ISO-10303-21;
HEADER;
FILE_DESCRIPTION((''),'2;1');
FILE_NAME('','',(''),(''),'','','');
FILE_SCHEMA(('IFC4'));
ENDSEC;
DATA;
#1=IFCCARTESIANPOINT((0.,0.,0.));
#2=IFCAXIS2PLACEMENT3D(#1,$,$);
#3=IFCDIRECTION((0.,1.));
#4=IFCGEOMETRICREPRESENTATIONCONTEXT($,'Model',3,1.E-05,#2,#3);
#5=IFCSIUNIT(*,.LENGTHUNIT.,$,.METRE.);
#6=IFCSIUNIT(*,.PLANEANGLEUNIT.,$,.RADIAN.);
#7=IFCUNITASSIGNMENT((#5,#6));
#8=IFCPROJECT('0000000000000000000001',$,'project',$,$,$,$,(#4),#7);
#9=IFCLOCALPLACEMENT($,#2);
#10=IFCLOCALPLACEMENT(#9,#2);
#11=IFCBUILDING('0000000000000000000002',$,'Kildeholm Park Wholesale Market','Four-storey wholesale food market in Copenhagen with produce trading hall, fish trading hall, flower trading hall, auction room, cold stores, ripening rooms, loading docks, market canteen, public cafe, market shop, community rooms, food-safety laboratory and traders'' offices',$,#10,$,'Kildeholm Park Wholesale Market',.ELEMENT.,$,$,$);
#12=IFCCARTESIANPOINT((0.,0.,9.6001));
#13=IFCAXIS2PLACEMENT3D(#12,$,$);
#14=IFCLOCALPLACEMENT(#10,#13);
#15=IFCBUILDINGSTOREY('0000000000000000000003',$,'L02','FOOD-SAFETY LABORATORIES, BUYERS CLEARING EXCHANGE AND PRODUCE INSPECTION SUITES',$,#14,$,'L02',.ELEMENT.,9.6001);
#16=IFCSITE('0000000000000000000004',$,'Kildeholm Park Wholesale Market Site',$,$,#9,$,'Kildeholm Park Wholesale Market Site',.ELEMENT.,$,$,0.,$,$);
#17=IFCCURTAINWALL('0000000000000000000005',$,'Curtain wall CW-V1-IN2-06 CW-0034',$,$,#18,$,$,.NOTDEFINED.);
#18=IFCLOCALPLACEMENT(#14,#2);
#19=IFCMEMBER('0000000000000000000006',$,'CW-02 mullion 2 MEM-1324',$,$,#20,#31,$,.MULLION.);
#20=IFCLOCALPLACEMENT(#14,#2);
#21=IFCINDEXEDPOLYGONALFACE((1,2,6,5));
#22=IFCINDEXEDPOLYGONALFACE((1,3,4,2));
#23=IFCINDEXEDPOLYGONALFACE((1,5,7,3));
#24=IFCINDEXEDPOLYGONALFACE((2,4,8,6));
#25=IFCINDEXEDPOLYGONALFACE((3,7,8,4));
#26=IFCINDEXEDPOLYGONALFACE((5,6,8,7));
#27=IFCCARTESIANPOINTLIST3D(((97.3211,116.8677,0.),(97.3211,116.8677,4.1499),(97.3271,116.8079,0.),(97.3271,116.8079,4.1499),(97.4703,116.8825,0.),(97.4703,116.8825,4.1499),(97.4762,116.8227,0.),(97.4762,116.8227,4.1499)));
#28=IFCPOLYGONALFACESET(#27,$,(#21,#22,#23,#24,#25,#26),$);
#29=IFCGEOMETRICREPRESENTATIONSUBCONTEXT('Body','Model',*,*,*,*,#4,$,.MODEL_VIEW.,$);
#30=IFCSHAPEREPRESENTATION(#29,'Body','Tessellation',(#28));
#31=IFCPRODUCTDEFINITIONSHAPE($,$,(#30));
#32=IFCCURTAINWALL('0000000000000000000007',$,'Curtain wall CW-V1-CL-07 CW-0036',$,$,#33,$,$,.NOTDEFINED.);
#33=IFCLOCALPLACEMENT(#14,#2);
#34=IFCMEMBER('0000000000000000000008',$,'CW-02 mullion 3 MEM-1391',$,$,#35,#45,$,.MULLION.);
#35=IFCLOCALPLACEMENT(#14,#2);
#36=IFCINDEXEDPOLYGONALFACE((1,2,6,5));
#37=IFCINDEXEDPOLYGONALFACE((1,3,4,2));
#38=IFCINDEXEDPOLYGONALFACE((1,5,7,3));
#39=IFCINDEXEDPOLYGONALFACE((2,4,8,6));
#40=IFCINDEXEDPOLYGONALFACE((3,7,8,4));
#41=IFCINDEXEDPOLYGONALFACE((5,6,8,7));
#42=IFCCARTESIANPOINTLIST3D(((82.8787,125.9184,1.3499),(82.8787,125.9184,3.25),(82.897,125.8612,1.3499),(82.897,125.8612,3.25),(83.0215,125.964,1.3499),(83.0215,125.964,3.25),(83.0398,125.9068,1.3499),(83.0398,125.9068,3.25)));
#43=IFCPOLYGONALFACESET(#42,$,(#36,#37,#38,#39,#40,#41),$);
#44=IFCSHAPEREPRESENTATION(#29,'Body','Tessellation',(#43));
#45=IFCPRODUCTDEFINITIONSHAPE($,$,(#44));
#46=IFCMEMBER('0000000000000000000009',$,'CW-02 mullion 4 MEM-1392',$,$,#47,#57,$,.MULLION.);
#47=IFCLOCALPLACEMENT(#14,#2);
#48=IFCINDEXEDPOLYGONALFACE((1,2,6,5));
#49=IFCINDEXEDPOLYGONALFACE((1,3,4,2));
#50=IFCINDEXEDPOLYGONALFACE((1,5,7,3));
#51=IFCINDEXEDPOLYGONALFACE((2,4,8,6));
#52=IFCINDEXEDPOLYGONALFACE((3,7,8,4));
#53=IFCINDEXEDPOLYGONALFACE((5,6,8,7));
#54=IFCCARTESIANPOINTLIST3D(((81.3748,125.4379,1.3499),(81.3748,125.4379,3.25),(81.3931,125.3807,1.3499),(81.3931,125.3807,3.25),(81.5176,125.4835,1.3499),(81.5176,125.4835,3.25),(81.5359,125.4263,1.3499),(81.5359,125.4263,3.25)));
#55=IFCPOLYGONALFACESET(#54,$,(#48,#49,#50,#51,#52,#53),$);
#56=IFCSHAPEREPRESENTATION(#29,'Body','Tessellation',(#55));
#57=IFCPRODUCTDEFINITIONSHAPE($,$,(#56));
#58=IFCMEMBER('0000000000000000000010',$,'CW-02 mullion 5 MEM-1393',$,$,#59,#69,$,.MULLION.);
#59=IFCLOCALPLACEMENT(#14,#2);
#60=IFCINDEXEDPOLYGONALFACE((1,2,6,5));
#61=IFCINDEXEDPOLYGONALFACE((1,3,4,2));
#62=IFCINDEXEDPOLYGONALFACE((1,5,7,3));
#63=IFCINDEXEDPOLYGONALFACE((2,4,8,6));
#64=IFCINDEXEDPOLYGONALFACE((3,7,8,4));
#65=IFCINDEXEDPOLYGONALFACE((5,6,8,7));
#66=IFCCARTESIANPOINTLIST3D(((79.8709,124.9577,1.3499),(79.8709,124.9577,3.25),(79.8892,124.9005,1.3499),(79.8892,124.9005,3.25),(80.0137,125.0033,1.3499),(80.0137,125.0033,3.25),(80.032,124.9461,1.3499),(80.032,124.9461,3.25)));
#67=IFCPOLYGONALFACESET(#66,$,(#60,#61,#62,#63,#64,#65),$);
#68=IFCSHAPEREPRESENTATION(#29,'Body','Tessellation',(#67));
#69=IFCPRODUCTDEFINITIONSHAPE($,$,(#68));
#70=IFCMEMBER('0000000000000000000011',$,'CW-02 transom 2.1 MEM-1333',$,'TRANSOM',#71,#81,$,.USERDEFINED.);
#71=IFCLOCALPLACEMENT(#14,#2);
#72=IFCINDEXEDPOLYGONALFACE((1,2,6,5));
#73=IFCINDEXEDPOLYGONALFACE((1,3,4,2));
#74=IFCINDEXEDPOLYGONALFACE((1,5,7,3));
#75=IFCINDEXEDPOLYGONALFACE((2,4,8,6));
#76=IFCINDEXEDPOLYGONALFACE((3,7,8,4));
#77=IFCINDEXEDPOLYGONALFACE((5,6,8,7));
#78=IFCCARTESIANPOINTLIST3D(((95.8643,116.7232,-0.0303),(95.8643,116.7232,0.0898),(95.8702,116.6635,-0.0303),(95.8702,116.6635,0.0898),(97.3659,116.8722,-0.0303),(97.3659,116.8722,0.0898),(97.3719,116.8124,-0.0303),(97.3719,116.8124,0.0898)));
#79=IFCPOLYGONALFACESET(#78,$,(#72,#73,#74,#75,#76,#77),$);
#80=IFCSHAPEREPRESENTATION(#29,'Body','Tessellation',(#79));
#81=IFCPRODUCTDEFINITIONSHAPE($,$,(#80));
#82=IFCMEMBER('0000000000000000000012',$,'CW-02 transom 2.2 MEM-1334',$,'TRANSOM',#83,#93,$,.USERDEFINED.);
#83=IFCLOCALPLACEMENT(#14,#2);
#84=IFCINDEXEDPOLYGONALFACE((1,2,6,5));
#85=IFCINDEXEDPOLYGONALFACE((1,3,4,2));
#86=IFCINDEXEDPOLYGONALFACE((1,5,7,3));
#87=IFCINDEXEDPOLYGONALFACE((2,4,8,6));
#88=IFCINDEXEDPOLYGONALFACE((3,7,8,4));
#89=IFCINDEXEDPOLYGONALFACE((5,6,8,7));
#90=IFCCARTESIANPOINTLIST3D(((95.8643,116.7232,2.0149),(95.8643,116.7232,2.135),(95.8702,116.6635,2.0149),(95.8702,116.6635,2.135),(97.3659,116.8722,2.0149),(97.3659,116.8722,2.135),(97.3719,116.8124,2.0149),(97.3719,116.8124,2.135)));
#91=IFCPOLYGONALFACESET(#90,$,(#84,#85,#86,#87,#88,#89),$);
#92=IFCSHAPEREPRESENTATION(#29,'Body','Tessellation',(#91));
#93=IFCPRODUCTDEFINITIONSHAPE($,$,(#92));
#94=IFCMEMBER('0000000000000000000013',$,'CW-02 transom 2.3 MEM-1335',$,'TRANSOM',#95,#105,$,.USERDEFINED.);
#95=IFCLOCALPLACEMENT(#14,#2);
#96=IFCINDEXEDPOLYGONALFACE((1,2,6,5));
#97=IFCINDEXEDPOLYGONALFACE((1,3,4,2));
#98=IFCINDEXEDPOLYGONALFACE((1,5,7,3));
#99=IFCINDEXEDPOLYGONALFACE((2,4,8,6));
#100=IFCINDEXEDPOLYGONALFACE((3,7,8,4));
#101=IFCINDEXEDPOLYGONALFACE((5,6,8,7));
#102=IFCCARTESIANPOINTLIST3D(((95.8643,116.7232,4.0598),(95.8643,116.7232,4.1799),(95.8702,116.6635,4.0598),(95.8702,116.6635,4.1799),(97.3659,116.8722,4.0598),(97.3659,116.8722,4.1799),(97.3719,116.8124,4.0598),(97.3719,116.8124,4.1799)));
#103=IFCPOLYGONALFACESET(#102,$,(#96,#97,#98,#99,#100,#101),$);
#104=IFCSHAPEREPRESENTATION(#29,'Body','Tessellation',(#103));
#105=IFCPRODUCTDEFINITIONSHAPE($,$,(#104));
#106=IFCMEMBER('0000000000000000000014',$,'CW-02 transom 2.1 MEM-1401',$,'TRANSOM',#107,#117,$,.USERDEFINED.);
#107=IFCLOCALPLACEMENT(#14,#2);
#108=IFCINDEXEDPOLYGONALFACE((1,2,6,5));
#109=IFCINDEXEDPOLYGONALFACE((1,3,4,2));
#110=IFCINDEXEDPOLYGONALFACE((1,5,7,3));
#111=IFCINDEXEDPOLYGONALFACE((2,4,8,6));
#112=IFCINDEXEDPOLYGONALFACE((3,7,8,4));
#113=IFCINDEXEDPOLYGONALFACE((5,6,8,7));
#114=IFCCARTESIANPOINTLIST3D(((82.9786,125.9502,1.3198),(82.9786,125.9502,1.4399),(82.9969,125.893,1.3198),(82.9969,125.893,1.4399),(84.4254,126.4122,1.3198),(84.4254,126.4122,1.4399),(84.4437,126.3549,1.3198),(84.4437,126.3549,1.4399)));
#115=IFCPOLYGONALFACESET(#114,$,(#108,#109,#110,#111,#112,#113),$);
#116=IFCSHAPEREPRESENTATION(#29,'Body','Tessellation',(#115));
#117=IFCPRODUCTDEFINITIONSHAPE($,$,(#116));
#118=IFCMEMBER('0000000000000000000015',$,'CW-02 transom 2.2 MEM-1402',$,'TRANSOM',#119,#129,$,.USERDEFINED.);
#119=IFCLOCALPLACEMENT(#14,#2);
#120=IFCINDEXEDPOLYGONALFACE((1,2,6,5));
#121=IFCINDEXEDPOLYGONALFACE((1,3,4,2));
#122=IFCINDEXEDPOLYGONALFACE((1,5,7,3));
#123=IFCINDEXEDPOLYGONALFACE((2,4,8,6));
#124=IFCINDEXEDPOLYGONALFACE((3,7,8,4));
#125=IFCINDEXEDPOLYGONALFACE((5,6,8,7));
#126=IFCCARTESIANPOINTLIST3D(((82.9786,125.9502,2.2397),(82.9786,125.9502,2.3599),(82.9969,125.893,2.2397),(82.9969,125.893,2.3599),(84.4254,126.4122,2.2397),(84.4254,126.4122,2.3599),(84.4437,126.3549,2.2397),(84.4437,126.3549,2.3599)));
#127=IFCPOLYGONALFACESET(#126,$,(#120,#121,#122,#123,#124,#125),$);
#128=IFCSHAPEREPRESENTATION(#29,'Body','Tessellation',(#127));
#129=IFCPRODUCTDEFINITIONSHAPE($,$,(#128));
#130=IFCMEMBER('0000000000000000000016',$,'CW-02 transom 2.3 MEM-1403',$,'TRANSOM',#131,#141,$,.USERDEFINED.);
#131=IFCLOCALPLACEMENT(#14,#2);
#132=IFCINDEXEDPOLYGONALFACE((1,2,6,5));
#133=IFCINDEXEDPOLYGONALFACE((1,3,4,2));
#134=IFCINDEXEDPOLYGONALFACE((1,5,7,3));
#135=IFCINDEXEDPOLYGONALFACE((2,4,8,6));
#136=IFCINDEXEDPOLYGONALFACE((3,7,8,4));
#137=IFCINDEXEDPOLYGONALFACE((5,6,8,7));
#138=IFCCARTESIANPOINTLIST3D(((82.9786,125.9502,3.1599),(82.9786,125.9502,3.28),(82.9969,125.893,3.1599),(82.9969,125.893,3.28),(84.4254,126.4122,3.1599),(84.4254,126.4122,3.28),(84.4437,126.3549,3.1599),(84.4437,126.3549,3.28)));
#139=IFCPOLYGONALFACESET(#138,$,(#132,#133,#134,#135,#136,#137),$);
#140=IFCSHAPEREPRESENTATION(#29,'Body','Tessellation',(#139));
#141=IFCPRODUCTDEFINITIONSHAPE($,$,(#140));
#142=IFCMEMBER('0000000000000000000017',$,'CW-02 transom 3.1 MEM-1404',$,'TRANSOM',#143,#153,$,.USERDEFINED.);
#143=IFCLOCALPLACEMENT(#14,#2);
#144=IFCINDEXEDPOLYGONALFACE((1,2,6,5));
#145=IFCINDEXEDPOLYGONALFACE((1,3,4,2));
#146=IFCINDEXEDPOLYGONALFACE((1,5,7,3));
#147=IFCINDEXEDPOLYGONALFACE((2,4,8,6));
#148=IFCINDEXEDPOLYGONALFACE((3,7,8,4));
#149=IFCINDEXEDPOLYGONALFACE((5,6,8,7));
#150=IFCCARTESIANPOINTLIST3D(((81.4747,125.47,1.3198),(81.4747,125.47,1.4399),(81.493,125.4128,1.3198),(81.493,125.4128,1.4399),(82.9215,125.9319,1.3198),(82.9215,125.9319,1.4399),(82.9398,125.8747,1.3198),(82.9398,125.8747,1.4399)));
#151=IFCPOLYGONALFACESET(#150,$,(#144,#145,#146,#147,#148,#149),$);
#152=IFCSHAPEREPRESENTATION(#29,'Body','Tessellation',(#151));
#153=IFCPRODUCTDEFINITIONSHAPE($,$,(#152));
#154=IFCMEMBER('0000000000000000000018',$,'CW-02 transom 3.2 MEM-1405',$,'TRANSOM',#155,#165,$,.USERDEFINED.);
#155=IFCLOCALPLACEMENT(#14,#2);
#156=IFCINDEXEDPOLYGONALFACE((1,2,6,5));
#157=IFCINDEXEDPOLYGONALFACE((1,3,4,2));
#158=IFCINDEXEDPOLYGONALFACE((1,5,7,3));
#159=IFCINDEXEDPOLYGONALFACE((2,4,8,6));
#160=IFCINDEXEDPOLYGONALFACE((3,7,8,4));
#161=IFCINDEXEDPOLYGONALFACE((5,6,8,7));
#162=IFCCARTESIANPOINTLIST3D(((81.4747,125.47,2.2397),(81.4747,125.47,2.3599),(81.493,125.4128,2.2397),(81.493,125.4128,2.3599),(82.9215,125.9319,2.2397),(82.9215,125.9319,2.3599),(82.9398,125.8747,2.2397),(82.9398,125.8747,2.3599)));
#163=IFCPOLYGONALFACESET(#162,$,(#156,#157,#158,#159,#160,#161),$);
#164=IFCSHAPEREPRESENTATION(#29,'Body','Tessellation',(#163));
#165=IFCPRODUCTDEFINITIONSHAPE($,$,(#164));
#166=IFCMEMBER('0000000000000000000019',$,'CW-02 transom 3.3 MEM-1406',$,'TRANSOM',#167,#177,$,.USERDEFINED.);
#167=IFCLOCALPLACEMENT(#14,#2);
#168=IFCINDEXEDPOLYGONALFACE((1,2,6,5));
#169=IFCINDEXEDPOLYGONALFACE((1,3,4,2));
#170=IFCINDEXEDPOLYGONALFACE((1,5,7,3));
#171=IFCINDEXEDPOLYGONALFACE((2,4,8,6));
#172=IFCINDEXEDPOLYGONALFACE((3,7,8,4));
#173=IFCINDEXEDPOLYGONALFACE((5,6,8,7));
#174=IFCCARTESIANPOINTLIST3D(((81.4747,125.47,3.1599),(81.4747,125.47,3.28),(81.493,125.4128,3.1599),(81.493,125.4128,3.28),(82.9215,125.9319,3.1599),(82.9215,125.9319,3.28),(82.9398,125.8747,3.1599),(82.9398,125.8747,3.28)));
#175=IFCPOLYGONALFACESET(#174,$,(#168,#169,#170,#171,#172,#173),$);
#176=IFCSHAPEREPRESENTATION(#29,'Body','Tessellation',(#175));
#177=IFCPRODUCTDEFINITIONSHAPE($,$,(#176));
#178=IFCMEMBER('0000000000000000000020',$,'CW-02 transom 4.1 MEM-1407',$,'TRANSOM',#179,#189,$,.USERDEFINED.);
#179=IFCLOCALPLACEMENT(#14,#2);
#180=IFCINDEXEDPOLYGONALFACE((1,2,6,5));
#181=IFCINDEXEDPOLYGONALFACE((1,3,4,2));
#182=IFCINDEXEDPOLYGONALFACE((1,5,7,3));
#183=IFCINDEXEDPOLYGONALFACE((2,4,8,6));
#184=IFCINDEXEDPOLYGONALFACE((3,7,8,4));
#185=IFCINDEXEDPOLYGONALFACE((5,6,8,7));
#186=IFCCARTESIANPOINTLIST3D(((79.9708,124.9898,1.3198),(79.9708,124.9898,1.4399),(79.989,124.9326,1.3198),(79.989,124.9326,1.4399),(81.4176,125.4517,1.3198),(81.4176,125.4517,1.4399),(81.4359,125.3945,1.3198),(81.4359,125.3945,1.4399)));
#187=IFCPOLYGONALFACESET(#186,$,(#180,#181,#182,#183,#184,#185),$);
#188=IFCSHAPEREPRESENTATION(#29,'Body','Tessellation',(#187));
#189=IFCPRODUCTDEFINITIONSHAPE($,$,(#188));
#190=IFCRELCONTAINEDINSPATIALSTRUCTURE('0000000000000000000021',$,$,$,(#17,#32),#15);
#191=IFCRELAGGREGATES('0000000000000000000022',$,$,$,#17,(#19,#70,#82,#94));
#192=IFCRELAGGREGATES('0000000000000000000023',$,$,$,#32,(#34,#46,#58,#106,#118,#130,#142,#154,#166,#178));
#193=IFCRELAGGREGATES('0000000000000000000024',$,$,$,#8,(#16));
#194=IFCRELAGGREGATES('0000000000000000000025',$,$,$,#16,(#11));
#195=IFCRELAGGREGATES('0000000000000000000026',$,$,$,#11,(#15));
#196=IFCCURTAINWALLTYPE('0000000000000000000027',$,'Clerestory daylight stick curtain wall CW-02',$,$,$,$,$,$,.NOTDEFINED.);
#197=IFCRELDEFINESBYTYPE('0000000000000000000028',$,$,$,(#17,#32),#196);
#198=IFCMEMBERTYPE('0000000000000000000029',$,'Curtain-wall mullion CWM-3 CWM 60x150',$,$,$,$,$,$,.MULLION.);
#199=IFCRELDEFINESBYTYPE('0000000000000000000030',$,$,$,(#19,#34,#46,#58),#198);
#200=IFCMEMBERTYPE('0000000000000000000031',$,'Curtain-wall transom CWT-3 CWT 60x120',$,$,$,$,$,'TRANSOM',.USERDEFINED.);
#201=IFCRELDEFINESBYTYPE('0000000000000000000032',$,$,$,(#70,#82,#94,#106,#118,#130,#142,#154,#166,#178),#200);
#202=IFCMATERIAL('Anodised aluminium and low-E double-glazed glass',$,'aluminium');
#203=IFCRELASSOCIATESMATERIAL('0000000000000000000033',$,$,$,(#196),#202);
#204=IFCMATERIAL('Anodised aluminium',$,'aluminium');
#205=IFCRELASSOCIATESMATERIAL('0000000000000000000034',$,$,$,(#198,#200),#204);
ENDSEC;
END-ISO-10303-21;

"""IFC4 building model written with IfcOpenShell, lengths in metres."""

from ifc_helpers import new_model, si_unit, direction, frame, origin, origin_2d, place, context, subcontext, project, spatial, rectangle, extrude, material, material_profile, profile_set, type_object, element, aggregate, save


model = new_model("IFC4")

# Units and contexts
model_context = context("Model", 3, precision=1e-05, world=origin(), true_north=direction((0.0, 1.0)))
body_context = subcontext(model_context, "Body", "Model", "MODEL_VIEW")
ifc_project = project(units=[si_unit("LENGTHUNIT", "METRE"), si_unit("PLANEANGLEUNIT", "RADIAN")], contexts=[model_context])

# Site, building, storey
site_placement = place(None, origin())
site = spatial("IfcSite", under=ifc_project, at=site_placement, Name="Kildeholm Park Wholesale Market Site", LongName="Kildeholm Park Wholesale Market Site", CompositionType="ELEMENT", RefElevation=0.0)
building_placement = place(site_placement, origin())
building = spatial("IfcBuilding", under=site, at=building_placement, Name="Kildeholm Park Wholesale Market", Description="Four-storey wholesale food market in Copenhagen with produce trading hall, fish trading hall, flower trading hall, auction room, cold stores, ripening rooms, loading docks, market canteen, public cafe, market shop, community rooms, food-safety laboratory and traders' offices", LongName="Kildeholm Park Wholesale Market", CompositionType="ELEMENT")
storey_placement = place(building_placement, frame((0.0, 0.0, 9.6001)))
storey = spatial("IfcBuildingStorey", under=building, at=storey_placement, Name="L02", Description="FOOD-SAFETY LABORATORIES, BUYERS CLEARING EXCHANGE AND PRODUCE INSPECTION SUITES", LongName="L02", CompositionType="ELEMENT", Elevation=9.6001)

# Curtain wall, member
ifc_material_1 = material(Name="Anodised aluminium and low-E double-glazed glass", Category="aluminium")
curtain_wall_type = type_object("IfcCurtainWallType", Name="Clerestory daylight stick curtain wall CW-02", PredefinedType="NOTDEFINED", material=ifc_material_1)
curtain_wall_1_placement = place(storey_placement, origin())
curtain_wall_1 = element("IfcCurtainWall", 1, at=curtain_wall_1_placement, inside=storey, type_object=curtain_wall_type, Name="Curtain wall CW-V1-IN2-06 CW-0034", PredefinedType="NOTDEFINED")
ifc_material_2 = material(Name="Anodised aluminium", Category="aluminium")
ifc_material_profile_1 = material_profile(ifc_material_2, rectangle(XDim=0.0601, YDim=0.1499, at=origin_2d()), Name="CWM 60x150")
ifc_profile_set_1 = profile_set([ifc_material_profile_1], Name="Anodised aluminium")
member_type_1 = type_object("IfcMemberType", Name="Curtain-wall mullion CWM-3 CWM 60x150", PredefinedType="MULLION", material=ifc_profile_set_1)
member_1_placement = place(storey_placement, frame((97.3987, 116.8452, 0.0), z_axis=(0.0, 0.0, 1.0), x_axis=(0.098683, -0.995119, 0.0)))
member_1 = element("IfcMember", 2, at=member_1_placement, type_object=member_type_1, Name="CW-02 mullion 2 MEM-1324", PredefinedType="MULLION", context=body_context, shape_type="SweptSolid", body=[
    extrude(rectangle(XDim=0.0601, YDim=0.1499, at=origin_2d()), origin(), (0.0, 0.0, 1.0), 4.1499),
])

# Curtain wall, members
curtain_wall_2_placement = place(storey_placement, origin())
curtain_wall_2 = element("IfcCurtainWall", 3, at=curtain_wall_2_placement, inside=storey, type_object=curtain_wall_type, Name="Curtain wall CW-V1-CL-07 CW-0036", PredefinedType="NOTDEFINED")
member_2_placement = place(storey_placement, frame((82.9592, 125.9126, 1.3499), z_axis=(0.0, 0.0, 1.0), x_axis=(0.304207, -0.952606, 0.0)))
member_2 = element("IfcMember", 4, at=member_2_placement, type_object=member_type_1, Name="CW-02 mullion 3 MEM-1391", PredefinedType="MULLION", context=body_context, shape_type="SweptSolid", body=[
    extrude(rectangle(XDim=0.0601, YDim=0.1499, at=origin_2d()), origin(), (0.0, 0.0, 1.0), 1.9001),
])
member_3_placement = place(storey_placement, frame((81.4553, 125.4321, 1.3499), z_axis=(0.0, 0.0, 1.0), x_axis=(0.304207, -0.952606, 0.0)))
member_3 = element("IfcMember", 5, at=member_3_placement, type_object=member_type_1, Name="CW-02 mullion 4 MEM-1392", PredefinedType="MULLION", context=body_context, shape_type="SweptSolid", body=[
    extrude(rectangle(XDim=0.0601, YDim=0.1499, at=origin_2d()), origin(), (0.0, 0.0, 1.0), 1.9001),
])
member_4_placement = place(storey_placement, frame((79.9514, 124.9519, 1.3499), z_axis=(0.0, 0.0, 1.0), x_axis=(0.304207, -0.952606, 0.0)))
member_4 = element("IfcMember", 6, at=member_4_placement, type_object=member_type_1, Name="CW-02 mullion 5 MEM-1393", PredefinedType="MULLION", context=body_context, shape_type="SweptSolid", body=[
    extrude(rectangle(XDim=0.0601, YDim=0.1499, at=origin_2d()), origin(), (0.0, 0.0, 1.0), 1.9001),
])

# Members
ifc_material_profile_2 = material_profile(ifc_material_2, rectangle(XDim=0.0601, YDim=0.1201, at=origin_2d()), Name="CWT 60x120")
ifc_profile_set_2 = profile_set([ifc_material_profile_2], Name="Anodised aluminium")
member_type_2 = type_object("IfcMemberType", Name="Curtain-wall transom CWT-3 CWT 60x120", ElementType="TRANSOM", PredefinedType="USERDEFINED", material=ifc_profile_set_2)
member_5_placement = place(storey_placement, frame((97.3689, 116.8423, 0.0298), z_axis=(-0.995119, -0.098687, 0.0), x_axis=(0.098687, -0.995119, 0.0)))
member_5 = element("IfcMember", 7, at=member_5_placement, type_object=member_type_2, Name="CW-02 transom 2.1 MEM-1333", ObjectType="TRANSOM", PredefinedType="USERDEFINED", context=body_context, shape_type="SweptSolid", body=[
    extrude(rectangle(XDim=0.0601, YDim=0.1201, at=origin_2d()), origin(), (0.0, 0.0, 1.0), 1.509),
])
member_6_placement = place(storey_placement, frame((97.3689, 116.8423, 2.075), z_axis=(-0.995119, -0.098687, 0.0), x_axis=(0.098687, -0.995119, 0.0)))
member_6 = element("IfcMember", 8, at=member_6_placement, type_object=member_type_2, Name="CW-02 transom 2.2 MEM-1334", ObjectType="TRANSOM", PredefinedType="USERDEFINED", context=body_context, shape_type="SweptSolid", body=[
    extrude(rectangle(XDim=0.0601, YDim=0.1201, at=origin_2d()), origin(), (0.0, 0.0, 1.0), 1.509),
])
member_7_placement = place(storey_placement, frame((97.3689, 116.8423, 4.1199), z_axis=(-0.995119, -0.098687, 0.0), x_axis=(0.098687, -0.995119, 0.0)))
member_7 = element("IfcMember", 9, at=member_7_placement, type_object=member_type_2, Name="CW-02 transom 2.3 MEM-1335", ObjectType="TRANSOM", PredefinedType="USERDEFINED", context=body_context, shape_type="SweptSolid", body=[
    extrude(rectangle(XDim=0.0601, YDim=0.1201, at=origin_2d()), origin(), (0.0, 0.0, 1.0), 1.509),
])
member_8_placement = place(storey_placement, frame((84.4346, 126.3835, 1.3799), z_axis=(-0.952626, -0.304146, 0.0), x_axis=(0.304146, -0.952626, 0.0)))
member_8 = element("IfcMember", 10, at=member_8_placement, type_object=member_type_2, Name="CW-02 transom 2.1 MEM-1401", ObjectType="TRANSOM", PredefinedType="USERDEFINED", context=body_context, shape_type="SweptSolid", body=[
    extrude(rectangle(XDim=0.0601, YDim=0.1201, at=origin_2d()), origin(), (0.0, 0.0, 1.0), 1.5188),
])
member_9_placement = place(storey_placement, frame((84.4346, 126.3835, 2.2998), z_axis=(-0.952626, -0.304146, 0.0), x_axis=(0.304146, -0.952626, 0.0)))
member_9 = element("IfcMember", 11, at=member_9_placement, type_object=member_type_2, Name="CW-02 transom 2.2 MEM-1402", ObjectType="TRANSOM", PredefinedType="USERDEFINED", context=body_context, shape_type="SweptSolid", body=[
    extrude(rectangle(XDim=0.0601, YDim=0.1201, at=origin_2d()), origin(), (0.0, 0.0, 1.0), 1.5188),
])
member_10_placement = place(storey_placement, frame((84.4346, 126.3835, 3.22), z_axis=(-0.952626, -0.304146, 0.0), x_axis=(0.304146, -0.952626, 0.0)))
member_10 = element("IfcMember", 12, at=member_10_placement, type_object=member_type_2, Name="CW-02 transom 2.3 MEM-1403", ObjectType="TRANSOM", PredefinedType="USERDEFINED", context=body_context, shape_type="SweptSolid", body=[
    extrude(rectangle(XDim=0.0601, YDim=0.1201, at=origin_2d()), origin(), (0.0, 0.0, 1.0), 1.5188),
])
member_11_placement = place(storey_placement, frame((82.9307, 125.9033, 1.3799), z_axis=(-0.952626, -0.304146, 0.0), x_axis=(0.304146, -0.952626, 0.0)))
member_11 = element("IfcMember", 13, at=member_11_placement, type_object=member_type_2, Name="CW-02 transom 3.1 MEM-1404", ObjectType="TRANSOM", PredefinedType="USERDEFINED", context=body_context, shape_type="SweptSolid", body=[
    extrude(rectangle(XDim=0.0601, YDim=0.1201, at=origin_2d()), origin(), (0.0, 0.0, 1.0), 1.5188),
])
member_12_placement = place(storey_placement, frame((82.9307, 125.9033, 2.2998), z_axis=(-0.952626, -0.304146, 0.0), x_axis=(0.304146, -0.952626, 0.0)))
member_12 = element("IfcMember", 14, at=member_12_placement, type_object=member_type_2, Name="CW-02 transom 3.2 MEM-1405", ObjectType="TRANSOM", PredefinedType="USERDEFINED", context=body_context, shape_type="SweptSolid", body=[
    extrude(rectangle(XDim=0.0601, YDim=0.1201, at=origin_2d()), origin(), (0.0, 0.0, 1.0), 1.5188),
])
member_13_placement = place(storey_placement, frame((82.9307, 125.9033, 3.22), z_axis=(-0.952626, -0.304146, 0.0), x_axis=(0.304146, -0.952626, 0.0)))
member_13 = element("IfcMember", 15, at=member_13_placement, type_object=member_type_2, Name="CW-02 transom 3.3 MEM-1406", ObjectType="TRANSOM", PredefinedType="USERDEFINED", context=body_context, shape_type="SweptSolid", body=[
    extrude(rectangle(XDim=0.0601, YDim=0.1201, at=origin_2d()), origin(), (0.0, 0.0, 1.0), 1.5188),
])
member_14_placement = place(storey_placement, frame((81.4268, 125.4231, 1.3799), z_axis=(-0.952626, -0.304146, 0.0), x_axis=(0.304146, -0.952626, 0.0)))
member_14 = element("IfcMember", 16, at=member_14_placement, type_object=member_type_2, Name="CW-02 transom 4.1 MEM-1407", ObjectType="TRANSOM", PredefinedType="USERDEFINED", context=body_context, shape_type="SweptSolid", body=[
    extrude(rectangle(XDim=0.0601, YDim=0.1201, at=origin_2d()), origin(), (0.0, 0.0, 1.0), 1.5188),
])

aggregate(curtain_wall_1, [member_1, member_5, member_6, member_7])
aggregate(curtain_wall_2, [member_2, member_3, member_4, member_8, member_9, member_10, member_11, member_12, member_13, member_14])

save(model, "model.ifc")
